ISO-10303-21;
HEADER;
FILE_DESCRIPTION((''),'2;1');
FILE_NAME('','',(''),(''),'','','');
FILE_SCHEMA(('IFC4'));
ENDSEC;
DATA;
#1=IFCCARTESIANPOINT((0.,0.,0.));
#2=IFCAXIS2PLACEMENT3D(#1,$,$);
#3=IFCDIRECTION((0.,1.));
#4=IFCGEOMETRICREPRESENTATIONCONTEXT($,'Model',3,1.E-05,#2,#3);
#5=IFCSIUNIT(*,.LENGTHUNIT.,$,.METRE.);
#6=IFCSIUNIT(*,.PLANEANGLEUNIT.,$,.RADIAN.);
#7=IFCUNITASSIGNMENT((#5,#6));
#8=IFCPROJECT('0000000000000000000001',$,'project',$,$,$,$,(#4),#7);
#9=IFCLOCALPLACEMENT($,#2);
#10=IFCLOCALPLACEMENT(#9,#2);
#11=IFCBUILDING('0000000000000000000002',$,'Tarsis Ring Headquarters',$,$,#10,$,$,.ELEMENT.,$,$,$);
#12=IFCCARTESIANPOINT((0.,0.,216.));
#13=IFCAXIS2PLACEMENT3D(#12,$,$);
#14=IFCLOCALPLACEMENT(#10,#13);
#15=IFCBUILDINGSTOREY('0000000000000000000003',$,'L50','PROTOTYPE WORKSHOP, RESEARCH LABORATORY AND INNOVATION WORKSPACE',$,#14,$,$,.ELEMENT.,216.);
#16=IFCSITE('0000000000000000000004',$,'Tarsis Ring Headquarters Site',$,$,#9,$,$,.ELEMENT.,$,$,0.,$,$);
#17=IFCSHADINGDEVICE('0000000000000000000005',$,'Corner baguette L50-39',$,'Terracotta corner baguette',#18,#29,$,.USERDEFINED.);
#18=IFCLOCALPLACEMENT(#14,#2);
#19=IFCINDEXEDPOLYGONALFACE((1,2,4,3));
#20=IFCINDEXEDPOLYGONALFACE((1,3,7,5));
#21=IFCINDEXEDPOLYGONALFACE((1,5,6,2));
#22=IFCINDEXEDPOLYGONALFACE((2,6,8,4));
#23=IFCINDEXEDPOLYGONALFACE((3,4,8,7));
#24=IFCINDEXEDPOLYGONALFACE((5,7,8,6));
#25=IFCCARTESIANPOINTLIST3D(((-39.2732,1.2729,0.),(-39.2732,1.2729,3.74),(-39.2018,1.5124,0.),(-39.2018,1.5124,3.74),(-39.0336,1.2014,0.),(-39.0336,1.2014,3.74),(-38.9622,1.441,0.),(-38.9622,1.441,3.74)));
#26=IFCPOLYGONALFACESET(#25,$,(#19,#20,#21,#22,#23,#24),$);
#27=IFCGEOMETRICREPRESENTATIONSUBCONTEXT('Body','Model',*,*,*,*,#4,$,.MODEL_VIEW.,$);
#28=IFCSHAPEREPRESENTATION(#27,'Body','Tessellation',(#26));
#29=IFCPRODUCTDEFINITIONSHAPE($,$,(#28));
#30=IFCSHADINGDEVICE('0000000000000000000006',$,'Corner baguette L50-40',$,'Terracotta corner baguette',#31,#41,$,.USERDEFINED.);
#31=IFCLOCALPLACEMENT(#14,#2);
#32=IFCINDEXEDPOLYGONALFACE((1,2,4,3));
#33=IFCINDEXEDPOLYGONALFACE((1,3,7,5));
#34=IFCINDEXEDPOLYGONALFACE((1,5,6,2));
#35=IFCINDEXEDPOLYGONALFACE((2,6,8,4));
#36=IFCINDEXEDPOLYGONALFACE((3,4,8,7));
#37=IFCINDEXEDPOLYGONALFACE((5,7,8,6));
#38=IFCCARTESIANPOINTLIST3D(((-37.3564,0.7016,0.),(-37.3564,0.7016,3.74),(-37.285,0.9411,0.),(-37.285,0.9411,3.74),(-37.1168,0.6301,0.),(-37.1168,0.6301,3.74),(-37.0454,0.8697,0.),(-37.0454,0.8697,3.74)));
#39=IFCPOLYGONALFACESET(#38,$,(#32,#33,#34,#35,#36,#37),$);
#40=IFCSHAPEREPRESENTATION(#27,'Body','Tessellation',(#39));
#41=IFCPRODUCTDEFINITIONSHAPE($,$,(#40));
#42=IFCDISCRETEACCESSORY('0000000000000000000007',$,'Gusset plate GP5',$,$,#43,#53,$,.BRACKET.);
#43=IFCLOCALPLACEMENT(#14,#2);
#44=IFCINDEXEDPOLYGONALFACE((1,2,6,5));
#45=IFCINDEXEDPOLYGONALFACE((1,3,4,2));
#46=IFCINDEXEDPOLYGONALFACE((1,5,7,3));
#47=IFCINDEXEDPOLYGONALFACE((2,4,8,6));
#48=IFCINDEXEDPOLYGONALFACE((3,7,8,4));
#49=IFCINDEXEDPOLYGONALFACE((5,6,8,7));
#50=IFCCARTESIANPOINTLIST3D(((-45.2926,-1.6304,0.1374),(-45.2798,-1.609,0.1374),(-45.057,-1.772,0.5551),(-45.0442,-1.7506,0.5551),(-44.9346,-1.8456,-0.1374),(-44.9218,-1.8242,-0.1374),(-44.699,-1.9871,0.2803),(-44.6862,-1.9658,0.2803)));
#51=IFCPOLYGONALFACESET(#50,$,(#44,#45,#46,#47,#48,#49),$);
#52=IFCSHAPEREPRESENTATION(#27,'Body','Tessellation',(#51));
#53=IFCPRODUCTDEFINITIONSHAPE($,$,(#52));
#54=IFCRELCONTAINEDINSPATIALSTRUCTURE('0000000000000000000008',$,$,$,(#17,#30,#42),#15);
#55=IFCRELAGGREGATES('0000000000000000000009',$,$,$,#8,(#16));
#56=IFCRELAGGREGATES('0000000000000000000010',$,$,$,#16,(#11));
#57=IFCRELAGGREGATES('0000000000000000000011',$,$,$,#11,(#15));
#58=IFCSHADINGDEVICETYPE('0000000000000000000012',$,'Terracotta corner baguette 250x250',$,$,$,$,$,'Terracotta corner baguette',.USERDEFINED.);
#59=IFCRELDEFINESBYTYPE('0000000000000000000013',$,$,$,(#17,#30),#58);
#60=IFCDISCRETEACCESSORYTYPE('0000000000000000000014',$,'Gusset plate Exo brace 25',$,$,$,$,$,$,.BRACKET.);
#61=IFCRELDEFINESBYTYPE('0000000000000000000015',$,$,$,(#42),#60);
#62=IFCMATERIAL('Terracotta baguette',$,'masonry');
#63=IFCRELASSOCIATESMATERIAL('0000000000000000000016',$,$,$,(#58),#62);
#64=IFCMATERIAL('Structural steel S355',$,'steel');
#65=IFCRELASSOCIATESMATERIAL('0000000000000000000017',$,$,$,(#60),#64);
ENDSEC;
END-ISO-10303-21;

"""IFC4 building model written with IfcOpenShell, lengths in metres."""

from ifc_helpers import new_model, si_unit, direction, frame, origin, origin_2d, place, context, subcontext, project, spatial, rectangle, extrude, material, material_profile, profile_set, type_object, element, save


model = new_model("IFC4")

# Units and contexts
model_context = context("Model", 3, precision=1e-05, world=origin(), true_north=direction((0.0, 1.0)))
body_context = subcontext(model_context, "Body", "Model", "MODEL_VIEW")
ifc_project = project(units=[si_unit("LENGTHUNIT", "METRE"), si_unit("PLANEANGLEUNIT", "RADIAN")], contexts=[model_context])

# Site, building, storey
site_placement = place(None, origin())
site = spatial("IfcSite", under=ifc_project, at=site_placement, Name="Tarsis Ring Headquarters Site", CompositionType="ELEMENT", RefElevation=0.0)
building_placement = place(site_placement, origin())
building = spatial("IfcBuilding", under=site, at=building_placement, Name="Tarsis Ring Headquarters", CompositionType="ELEMENT")
storey_placement = place(building_placement, frame((0.0, 0.0, 216.0)))
storey = spatial("IfcBuildingStorey", under=building, at=storey_placement, Name="L50", Description="PROTOTYPE WORKSHOP, RESEARCH LABORATORY AND INNOVATION WORKSPACE", CompositionType="ELEMENT", Elevation=216.0)

# Shared definitions
ifc_material_1 = material(Name="Structural steel S355", Category="steel")

# Shading devices
ifc_material_2 = material(Name="Terracotta baguette", Category="masonry")
shading_device_type_1 = type_object("IfcShadingDeviceType", Name="Terracotta corner baguette 250x250", ElementType="Terracotta corner baguette", PredefinedType="USERDEFINED", material=ifc_material_2)
for number, where, z_axis, x_axis, name in (
    (1, (-39.1177, 1.3569, 0.0), (0.0, 0.0, 1.0), (-0.285688, -0.958323, 0.0), "Corner baguette L50-39"),
    (2, (-37.2009, 0.7856, 0.0), (0.0, 0.0, 1.0), (0.958323, -0.285688, 0.0), "Corner baguette L50-40"),
):
    element("IfcShadingDevice", number, at=place(storey_placement, frame(where, z_axis=z_axis, x_axis=x_axis)), inside=storey, type_object=shading_device_type_1, Name=name, ObjectType="Terracotta corner baguette", PredefinedType="USERDEFINED", context=body_context, shape_type="SweptSolid", body=[
        extrude(rectangle(XDim=0.25, YDim=0.25, at=origin_2d()), origin(), (0.0, 0.0, 1.0), 3.74),
    ])

# Discrete accessory
ifc_material_profile_1 = material_profile(ifc_material_1, rectangle(XDim=0.0249, YDim=0.5, at=origin_2d()), Name="PL 25x500")
ifc_profile_set_1 = profile_set([ifc_material_profile_1], Name="Structural steel S355")
discrete_accessory_type = type_object("IfcDiscreteAccessoryType", Name="Gusset plate Exo brace 25", PredefinedType="BRACKET", material=ifc_profile_set_1)
discrete_accessory_placement = place(storey_placement, frame((-45.1072, -1.7273, 0.0), z_axis=(0.471144, -0.283175, 0.835365), x_axis=(0.515149, 0.857101, 0.0)))
element("IfcDiscreteAccessory", 3, at=discrete_accessory_placement, inside=storey, type_object=discrete_accessory_type, Name="Gusset plate GP5", PredefinedType="BRACKET", context=body_context, shape_type="SweptSolid", body=[
    extrude(rectangle(XDim=0.0249, YDim=0.5, at=origin_2d()), origin(), (0.0, 0.0, 1.0), 0.5),
])

save(model, "model.ifc")
